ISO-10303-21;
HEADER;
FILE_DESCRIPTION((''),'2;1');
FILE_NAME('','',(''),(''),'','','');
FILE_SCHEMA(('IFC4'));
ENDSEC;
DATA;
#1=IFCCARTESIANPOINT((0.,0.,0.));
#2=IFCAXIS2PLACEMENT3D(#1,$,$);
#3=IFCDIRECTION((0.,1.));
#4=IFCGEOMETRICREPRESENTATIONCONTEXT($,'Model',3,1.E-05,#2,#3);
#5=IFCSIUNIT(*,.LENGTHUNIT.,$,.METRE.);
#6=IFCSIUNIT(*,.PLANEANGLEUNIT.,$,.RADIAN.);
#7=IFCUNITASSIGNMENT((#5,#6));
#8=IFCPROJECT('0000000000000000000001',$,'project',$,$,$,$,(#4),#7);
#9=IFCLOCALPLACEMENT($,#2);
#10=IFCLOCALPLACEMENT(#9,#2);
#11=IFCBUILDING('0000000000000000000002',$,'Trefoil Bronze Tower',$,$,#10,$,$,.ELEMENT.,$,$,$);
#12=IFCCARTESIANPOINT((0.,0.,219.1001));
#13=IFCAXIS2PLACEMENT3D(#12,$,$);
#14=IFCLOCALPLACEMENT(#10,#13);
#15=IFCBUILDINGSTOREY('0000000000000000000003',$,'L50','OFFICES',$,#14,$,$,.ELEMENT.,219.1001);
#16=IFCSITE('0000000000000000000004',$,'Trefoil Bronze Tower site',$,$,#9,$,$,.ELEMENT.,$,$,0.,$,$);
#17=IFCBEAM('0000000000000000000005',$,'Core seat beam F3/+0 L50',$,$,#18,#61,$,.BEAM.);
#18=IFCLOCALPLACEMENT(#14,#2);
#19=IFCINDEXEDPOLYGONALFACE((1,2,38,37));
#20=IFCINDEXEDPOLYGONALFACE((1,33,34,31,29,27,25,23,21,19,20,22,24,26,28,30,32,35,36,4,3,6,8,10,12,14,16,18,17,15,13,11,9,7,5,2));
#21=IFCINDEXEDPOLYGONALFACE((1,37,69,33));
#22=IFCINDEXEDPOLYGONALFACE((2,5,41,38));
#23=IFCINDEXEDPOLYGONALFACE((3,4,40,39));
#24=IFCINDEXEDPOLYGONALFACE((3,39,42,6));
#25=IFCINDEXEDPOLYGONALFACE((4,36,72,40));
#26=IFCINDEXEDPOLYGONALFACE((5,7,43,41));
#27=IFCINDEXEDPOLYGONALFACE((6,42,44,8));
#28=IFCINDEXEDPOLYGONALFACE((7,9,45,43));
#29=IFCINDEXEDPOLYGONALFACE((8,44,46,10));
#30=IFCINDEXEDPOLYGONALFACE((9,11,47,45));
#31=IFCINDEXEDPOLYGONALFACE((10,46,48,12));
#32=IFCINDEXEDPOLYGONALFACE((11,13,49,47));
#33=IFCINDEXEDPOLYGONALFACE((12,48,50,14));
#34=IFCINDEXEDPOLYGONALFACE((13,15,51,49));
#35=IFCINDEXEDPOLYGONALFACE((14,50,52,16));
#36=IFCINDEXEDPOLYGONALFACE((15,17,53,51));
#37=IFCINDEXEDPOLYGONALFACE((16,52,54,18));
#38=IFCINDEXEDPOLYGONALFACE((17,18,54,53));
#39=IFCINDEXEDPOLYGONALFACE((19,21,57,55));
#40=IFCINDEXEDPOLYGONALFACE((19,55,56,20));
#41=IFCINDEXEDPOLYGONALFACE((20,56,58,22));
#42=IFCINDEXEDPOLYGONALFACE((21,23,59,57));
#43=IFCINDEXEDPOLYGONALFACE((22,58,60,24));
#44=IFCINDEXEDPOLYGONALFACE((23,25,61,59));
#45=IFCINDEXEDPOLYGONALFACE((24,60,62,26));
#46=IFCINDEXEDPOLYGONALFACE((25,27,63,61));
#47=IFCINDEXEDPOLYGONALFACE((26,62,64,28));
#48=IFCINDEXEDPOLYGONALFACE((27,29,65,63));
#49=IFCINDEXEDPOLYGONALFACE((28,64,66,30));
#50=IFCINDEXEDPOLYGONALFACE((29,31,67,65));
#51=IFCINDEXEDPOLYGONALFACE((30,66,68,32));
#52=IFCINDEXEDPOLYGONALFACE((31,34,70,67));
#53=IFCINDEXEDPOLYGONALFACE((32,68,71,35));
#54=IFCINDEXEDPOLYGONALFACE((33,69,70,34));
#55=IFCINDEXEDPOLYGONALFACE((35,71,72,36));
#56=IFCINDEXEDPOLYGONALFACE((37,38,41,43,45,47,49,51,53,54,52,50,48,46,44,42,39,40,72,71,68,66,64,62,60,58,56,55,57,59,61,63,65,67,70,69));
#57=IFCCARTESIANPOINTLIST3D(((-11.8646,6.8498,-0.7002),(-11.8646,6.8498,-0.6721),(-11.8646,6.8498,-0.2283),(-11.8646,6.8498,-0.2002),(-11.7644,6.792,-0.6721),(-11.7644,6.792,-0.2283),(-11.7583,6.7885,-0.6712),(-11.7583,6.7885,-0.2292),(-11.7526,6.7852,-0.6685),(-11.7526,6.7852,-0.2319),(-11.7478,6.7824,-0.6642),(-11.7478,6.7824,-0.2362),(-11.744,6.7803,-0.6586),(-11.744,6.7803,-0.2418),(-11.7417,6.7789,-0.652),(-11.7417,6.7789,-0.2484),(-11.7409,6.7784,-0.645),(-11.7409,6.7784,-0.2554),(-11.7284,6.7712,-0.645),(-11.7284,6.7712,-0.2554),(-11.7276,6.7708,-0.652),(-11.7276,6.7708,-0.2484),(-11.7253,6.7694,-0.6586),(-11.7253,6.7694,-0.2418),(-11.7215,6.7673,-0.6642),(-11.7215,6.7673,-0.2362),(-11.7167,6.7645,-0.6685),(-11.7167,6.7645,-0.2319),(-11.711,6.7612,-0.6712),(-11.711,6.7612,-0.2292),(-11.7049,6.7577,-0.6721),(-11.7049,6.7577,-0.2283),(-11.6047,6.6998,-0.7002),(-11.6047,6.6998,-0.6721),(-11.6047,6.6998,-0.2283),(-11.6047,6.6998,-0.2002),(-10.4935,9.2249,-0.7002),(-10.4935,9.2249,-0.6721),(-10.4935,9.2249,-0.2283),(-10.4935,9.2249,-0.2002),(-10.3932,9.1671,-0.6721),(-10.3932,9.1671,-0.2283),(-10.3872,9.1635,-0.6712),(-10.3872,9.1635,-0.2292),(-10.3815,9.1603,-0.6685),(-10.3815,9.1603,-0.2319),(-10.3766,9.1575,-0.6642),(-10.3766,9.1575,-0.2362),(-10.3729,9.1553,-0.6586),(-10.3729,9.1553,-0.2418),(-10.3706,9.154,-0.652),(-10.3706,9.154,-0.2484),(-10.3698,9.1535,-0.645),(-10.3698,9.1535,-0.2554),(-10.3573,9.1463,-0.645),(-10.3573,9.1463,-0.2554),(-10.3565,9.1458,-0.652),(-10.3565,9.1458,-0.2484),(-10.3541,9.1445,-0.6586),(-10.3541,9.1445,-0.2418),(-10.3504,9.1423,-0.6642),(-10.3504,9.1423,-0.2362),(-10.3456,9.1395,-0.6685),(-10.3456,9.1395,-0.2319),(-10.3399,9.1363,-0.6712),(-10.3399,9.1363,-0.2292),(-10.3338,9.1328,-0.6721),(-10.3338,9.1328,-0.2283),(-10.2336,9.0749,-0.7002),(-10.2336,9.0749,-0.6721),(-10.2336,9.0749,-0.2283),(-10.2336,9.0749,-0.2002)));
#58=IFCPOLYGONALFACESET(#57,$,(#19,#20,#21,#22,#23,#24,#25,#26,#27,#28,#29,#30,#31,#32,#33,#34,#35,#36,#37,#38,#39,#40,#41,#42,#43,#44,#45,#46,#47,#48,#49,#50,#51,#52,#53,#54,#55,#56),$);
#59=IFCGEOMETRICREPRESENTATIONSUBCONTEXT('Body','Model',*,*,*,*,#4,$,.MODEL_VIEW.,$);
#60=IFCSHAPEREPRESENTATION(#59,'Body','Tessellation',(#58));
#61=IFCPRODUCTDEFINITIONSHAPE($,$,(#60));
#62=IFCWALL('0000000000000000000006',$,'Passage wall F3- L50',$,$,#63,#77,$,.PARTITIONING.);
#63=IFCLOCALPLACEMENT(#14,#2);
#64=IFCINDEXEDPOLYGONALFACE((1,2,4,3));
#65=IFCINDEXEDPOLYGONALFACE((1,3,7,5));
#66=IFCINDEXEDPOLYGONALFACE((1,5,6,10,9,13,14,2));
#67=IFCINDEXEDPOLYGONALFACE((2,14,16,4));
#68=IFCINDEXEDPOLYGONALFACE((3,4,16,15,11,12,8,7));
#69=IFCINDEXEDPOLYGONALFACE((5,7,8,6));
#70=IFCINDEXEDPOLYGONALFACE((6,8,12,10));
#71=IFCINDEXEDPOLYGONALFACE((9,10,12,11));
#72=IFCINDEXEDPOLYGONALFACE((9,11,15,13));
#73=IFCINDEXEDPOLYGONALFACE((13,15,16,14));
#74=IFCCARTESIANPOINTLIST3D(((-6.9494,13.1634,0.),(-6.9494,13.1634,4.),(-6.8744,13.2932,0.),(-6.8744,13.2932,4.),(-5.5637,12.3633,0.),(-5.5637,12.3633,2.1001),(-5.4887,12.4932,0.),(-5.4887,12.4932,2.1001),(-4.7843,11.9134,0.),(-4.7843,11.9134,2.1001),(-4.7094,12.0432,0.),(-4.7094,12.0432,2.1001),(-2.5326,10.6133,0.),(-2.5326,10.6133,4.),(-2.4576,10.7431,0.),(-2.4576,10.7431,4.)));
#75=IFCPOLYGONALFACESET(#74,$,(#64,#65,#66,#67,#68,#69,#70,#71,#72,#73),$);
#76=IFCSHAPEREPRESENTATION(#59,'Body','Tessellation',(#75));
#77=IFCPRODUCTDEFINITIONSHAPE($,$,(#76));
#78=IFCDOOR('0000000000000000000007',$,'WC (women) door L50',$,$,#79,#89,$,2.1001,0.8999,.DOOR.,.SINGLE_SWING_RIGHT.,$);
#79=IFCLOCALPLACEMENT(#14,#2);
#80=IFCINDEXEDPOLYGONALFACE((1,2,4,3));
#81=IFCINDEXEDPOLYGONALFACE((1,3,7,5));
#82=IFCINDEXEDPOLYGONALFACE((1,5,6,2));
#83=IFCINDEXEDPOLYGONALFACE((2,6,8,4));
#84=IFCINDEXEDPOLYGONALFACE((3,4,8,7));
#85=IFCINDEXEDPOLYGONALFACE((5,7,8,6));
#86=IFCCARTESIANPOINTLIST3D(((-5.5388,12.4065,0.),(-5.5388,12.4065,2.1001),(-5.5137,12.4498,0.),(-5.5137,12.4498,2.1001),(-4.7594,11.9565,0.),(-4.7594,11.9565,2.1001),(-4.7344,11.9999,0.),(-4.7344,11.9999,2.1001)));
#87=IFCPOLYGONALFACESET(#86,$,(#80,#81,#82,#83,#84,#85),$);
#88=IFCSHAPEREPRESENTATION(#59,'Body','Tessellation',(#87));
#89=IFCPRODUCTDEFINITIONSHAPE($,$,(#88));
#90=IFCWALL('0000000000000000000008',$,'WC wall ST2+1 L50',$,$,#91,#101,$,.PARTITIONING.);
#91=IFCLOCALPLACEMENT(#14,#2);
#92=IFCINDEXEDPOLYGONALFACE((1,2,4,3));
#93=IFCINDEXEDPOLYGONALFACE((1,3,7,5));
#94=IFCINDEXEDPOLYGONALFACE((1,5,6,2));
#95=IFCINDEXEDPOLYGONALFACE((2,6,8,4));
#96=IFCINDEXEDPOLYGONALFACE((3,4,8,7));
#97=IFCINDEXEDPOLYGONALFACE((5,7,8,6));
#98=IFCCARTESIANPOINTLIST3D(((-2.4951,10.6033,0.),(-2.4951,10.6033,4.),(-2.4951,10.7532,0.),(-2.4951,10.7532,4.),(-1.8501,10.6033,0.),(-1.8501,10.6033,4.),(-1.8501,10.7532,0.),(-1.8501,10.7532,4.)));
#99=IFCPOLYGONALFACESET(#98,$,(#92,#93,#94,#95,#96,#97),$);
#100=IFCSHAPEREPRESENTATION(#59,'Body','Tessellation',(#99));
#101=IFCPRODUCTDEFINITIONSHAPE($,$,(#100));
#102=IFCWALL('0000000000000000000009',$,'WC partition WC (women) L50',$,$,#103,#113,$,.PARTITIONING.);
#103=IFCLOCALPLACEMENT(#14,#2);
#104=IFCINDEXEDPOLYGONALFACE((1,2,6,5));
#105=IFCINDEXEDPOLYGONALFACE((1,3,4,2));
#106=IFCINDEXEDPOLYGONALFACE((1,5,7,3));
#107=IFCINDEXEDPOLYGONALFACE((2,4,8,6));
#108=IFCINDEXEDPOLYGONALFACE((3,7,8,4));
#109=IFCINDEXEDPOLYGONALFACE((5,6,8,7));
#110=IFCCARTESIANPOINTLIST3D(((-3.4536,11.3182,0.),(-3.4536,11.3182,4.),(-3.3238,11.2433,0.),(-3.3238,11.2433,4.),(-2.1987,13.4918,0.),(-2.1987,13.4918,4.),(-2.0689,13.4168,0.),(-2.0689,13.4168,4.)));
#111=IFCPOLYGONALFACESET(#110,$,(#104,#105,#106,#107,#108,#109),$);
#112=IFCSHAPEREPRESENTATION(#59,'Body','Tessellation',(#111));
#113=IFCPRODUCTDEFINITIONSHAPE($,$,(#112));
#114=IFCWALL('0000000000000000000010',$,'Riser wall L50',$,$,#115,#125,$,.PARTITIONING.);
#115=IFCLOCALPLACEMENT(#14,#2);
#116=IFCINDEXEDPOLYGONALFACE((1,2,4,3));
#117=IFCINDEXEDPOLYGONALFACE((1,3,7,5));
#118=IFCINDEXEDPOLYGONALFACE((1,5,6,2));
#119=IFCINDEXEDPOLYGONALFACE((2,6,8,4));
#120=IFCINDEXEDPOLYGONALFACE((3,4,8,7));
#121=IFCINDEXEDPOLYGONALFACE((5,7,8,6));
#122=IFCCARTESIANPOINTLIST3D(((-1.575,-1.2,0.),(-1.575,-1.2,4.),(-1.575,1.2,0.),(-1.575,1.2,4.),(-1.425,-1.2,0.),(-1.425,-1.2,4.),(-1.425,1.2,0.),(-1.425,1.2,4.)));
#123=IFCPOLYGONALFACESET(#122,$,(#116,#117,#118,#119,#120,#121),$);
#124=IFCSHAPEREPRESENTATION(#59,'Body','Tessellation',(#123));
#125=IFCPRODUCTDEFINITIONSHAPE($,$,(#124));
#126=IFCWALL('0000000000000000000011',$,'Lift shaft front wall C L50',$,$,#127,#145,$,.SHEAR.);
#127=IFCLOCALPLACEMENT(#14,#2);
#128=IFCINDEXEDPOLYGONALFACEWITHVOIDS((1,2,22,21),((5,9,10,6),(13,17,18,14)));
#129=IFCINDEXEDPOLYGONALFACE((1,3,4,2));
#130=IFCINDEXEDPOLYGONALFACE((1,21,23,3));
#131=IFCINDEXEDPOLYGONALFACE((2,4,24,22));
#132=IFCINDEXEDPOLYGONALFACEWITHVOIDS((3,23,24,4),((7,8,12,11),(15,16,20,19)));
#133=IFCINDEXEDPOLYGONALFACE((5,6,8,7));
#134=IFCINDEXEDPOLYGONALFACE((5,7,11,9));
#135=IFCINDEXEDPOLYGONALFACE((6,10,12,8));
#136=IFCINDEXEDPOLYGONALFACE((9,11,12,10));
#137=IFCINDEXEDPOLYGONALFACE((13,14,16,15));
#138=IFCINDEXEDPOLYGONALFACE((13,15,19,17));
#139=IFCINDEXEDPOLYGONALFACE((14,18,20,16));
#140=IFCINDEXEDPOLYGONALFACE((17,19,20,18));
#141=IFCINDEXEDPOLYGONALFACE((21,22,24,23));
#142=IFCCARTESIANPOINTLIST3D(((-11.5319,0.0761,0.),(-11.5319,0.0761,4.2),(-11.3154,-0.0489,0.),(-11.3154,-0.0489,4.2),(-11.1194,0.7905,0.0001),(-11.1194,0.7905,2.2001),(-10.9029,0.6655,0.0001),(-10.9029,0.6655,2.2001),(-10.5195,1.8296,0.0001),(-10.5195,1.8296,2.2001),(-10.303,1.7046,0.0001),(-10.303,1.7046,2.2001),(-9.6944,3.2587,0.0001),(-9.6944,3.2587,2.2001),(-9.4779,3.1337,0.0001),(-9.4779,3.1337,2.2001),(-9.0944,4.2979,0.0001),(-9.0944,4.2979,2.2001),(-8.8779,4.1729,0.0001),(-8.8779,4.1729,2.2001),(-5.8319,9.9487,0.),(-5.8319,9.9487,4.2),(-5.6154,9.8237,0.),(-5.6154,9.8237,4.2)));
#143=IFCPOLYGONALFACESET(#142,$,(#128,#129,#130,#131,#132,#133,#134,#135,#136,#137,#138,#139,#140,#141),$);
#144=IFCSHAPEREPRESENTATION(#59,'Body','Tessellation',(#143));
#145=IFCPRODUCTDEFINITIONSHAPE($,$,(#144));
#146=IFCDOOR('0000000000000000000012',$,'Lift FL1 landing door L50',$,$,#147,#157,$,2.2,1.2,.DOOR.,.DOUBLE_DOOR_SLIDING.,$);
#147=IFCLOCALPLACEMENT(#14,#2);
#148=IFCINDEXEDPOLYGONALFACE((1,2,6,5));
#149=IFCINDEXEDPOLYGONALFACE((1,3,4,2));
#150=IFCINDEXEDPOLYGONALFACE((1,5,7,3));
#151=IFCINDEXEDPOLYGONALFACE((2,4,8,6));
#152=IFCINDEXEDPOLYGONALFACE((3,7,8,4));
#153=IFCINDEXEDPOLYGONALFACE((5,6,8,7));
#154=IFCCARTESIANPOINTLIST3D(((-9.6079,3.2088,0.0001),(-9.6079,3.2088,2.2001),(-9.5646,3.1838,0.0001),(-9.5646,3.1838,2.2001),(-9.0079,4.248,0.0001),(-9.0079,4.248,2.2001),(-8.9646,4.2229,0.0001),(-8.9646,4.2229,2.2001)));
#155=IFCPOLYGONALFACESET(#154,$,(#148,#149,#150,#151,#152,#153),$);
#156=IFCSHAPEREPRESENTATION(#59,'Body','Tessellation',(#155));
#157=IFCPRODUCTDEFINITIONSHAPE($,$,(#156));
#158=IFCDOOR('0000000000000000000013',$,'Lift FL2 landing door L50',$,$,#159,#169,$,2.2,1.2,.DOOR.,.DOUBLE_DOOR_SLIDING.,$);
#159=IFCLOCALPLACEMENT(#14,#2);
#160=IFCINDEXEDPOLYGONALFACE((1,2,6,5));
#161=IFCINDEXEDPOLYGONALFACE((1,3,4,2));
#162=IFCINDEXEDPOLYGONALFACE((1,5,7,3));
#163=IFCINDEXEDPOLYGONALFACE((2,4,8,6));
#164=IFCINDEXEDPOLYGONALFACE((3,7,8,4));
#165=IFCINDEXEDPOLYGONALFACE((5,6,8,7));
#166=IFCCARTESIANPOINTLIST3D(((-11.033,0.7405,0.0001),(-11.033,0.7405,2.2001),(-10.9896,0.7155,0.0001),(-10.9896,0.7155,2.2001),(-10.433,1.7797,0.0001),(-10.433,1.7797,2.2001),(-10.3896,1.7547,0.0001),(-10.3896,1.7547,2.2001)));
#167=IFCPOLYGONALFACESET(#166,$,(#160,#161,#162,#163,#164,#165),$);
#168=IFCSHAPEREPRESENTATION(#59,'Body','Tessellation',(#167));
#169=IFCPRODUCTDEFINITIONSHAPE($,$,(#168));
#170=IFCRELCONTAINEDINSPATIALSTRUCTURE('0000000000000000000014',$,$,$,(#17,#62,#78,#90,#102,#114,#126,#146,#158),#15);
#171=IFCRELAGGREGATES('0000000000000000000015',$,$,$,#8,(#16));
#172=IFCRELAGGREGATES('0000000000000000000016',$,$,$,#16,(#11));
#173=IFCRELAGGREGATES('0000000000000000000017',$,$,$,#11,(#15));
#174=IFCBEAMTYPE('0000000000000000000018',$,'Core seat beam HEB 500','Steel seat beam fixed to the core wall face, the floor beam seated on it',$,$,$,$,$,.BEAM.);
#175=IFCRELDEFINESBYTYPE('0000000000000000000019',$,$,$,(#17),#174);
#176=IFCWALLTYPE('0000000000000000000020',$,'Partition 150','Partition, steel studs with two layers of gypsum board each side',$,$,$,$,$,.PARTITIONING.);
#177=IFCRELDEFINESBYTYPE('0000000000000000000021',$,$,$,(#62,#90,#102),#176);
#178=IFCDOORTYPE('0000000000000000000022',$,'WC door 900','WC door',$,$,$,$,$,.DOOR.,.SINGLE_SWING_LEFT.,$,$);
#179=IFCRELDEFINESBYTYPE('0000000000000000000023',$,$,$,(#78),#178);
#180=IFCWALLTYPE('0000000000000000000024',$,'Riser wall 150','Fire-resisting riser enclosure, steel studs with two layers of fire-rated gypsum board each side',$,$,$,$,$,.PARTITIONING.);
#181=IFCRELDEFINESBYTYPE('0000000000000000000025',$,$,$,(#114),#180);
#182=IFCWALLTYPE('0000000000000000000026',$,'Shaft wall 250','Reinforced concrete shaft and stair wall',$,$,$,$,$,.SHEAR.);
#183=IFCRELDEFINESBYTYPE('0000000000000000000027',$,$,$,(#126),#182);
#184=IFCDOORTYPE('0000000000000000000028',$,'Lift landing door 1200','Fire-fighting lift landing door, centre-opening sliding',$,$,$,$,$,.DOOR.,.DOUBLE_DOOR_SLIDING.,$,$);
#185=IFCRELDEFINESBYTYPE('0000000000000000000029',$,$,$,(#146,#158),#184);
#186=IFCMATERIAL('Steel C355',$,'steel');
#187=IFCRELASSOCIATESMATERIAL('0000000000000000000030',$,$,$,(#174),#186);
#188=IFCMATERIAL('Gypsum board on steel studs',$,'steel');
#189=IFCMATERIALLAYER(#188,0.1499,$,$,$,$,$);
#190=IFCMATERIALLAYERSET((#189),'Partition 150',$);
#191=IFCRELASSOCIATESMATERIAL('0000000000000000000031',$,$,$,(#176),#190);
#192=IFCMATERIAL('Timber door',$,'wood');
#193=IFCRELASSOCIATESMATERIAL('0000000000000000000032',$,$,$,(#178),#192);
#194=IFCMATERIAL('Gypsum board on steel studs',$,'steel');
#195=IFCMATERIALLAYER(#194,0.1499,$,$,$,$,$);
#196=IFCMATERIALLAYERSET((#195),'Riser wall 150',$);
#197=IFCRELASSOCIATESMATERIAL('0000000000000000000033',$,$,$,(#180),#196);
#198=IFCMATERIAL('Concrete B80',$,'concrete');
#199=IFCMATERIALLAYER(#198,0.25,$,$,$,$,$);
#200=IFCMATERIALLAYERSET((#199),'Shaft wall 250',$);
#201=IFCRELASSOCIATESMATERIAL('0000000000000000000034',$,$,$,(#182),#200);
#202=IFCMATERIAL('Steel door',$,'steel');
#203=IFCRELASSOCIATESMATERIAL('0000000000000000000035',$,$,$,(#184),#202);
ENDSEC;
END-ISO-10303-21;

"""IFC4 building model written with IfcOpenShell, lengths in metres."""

from ifc_helpers import new_model, si_unit, direction, frame, frame_2d, origin, origin_2d, place, context, subcontext, project, spatial, rectangle, i_section, extrude, material, layer, layer_set, material_profile, profile_set, type_object, element, fill, save


model = new_model("IFC4")

# Units and contexts
model_context = context("Model", 3, precision=1e-05, world=origin(), true_north=direction((0.0, 1.0)))
body_context = subcontext(model_context, "Body", "Model", "MODEL_VIEW")
ifc_project = project(units=[si_unit("LENGTHUNIT", "METRE"), si_unit("PLANEANGLEUNIT", "RADIAN")], contexts=[model_context])

# Site, building, storey
site_placement = place(None, origin())
site = spatial("IfcSite", under=ifc_project, at=site_placement, Name="Trefoil Bronze Tower site", CompositionType="ELEMENT", RefElevation=0.0)
building_placement = place(site_placement, origin())
building = spatial("IfcBuilding", under=site, at=building_placement, Name="Trefoil Bronze Tower", CompositionType="ELEMENT")
storey_placement = place(building_placement, frame((0.0, 0.0, 219.1001)))
storey = spatial("IfcBuildingStorey", under=building, at=storey_placement, Name="L50", Description="OFFICES", CompositionType="ELEMENT", Elevation=219.1001)

# Beam
ifc_material_1 = material(Name="Steel C355", Category="steel")
ifc_material_profile = material_profile(ifc_material_1, i_section(OverallWidth=0.3, OverallDepth=0.5, WebThickness=0.0144, FlangeThickness=0.0281, FilletRadius=0.0271, at=origin_2d()), Name="HEB 500")
ifc_profile_set = profile_set([ifc_material_profile], Name="Steel C355")
beam_type = type_object("IfcBeamType", Name="Core seat beam HEB 500", Description="Steel seat beam fixed to the core wall face, the floor beam seated on it", PredefinedType="BEAM", material=ifc_profile_set)
beam_placement = place(storey_placement, frame((-10.3635, 9.1499, -0.4502), z_axis=(-0.499969, -0.866043, 0.0), x_axis=(0.866043, -0.499969, 0.0)))
element("IfcBeam", 1, at=beam_placement, inside=storey, type_object=beam_type, Name="Core seat beam F3/+0 L50", PredefinedType="BEAM", context=body_context, shape_type="SweptSolid", body=[
    extrude(i_section(OverallWidth=0.3, OverallDepth=0.5, WebThickness=0.0144, FlangeThickness=0.0281, FilletRadius=0.0271, at=origin_2d()), origin(), (0.0, 0.0, 1.0), 2.7424),
])

# Wall, opening, door
ifc_material_2 = material(Name="Gypsum board on steel studs", Category="steel")
ifc_layer_1 = layer(ifc_material_2, 0.1499)
ifc_layer_set_1 = layer_set([ifc_layer_1], Name="Partition 150")
wall_type_1 = type_object("IfcWallType", Name="Partition 150", Description="Partition, steel studs with two layers of gypsum board each side", PredefinedType="PARTITIONING", material=ifc_layer_set_1)
wall_1_placement = place(storey_placement, frame((-2.4951, 10.6782, 0.0), z_axis=(0.0, 0.0, 1.0), x_axis=(-0.866022, 0.500006, 0.0)))
wall_1 = element("IfcWall", 2, at=wall_1_placement, inside=storey, type_object=wall_type_1, Name="Passage wall F3- L50", PredefinedType="PARTITIONING", context=body_context, shape_type="SweptSolid", body=[
    extrude(rectangle(XDim=5.1001, YDim=0.1499, at=frame_2d((2.55, 0.0))), origin(), (0.0, 0.0, 1.0), 4.0),
])
opening_1_placement = place(wall_1_placement, frame((2.6001, 0.0, 0.0)))
opening_1 = element("IfcOpeningElement", 3, at=opening_1_placement, cuts=wall_1, PredefinedType="OPENING", context=body_context, shape_type="SweptSolid", body=[
    extrude(rectangle(XDim=0.8999, YDim=2.1001, at=frame_2d((0.45, 1.05))), frame((0.0, 0.085, 0.0), z_axis=(0.0, -1.0, 0.0), x_axis=(1.0, 0.0, 0.0)), (0.0, 0.0, 1.0), 0.1699),
])
ifc_material_3 = material(Name="Timber door", Category="wood")
door_type_1 = type_object("IfcDoorType", Name="WC door 900", Description="WC door", OperationType="SINGLE_SWING_LEFT", PredefinedType="DOOR", material=ifc_material_3)
door_1_placement = place(opening_1_placement, frame((0.8999, 0.0, 0.0), z_axis=(0.0, 0.0, 1.0), x_axis=(-1.0, 0.0, 0.0)))
door_1 = element("IfcDoor", 4, at=door_1_placement, inside=storey, type_object=door_type_1, Name="WC (women) door L50", OperationType="SINGLE_SWING_RIGHT", OverallHeight=2.1001, OverallWidth=0.8999, PredefinedType="DOOR", context=body_context, shape_type="SweptSolid", body=[
    extrude(rectangle(XDim=0.8999, YDim=2.1001, at=frame_2d((0.45, 1.05))), frame((0.0, 0.0249, 0.0), z_axis=(0.0, -1.0, 0.0), x_axis=(1.0, 0.0, 0.0)), (0.0, 0.0, 1.0), 0.05),
])
fill(opening_1, door_1)

# Walls
wall_2_placement = place(storey_placement, frame((-2.4951, 10.6782, 0.0), z_axis=(0.0, 0.0, 1.0), x_axis=(1.0, 0.0, 0.0)))
element("IfcWall", 5, at=wall_2_placement, inside=storey, type_object=wall_type_1, Name="WC wall ST2+1 L50", PredefinedType="PARTITIONING", context=body_context, shape_type="SweptSolid", body=[
    extrude(rectangle(XDim=0.645, YDim=0.1499, at=frame_2d((0.3225, 0.0))), origin(), (0.0, 0.0, 1.0), 4.0),
])
wall_3_placement = place(storey_placement, frame((-3.3887, 11.2808, 0.0), z_axis=(0.0, 0.0, 1.0), x_axis=(0.499989, 0.866032, 0.0)))
element("IfcWall", 6, at=wall_3_placement, inside=storey, type_object=wall_type_1, Name="WC partition WC (women) L50", PredefinedType="PARTITIONING", context=body_context, shape_type="SweptSolid", body=[
    extrude(rectangle(XDim=2.5098, YDim=0.1499, at=frame_2d((1.2549, 0.0))), origin(), (0.0, 0.0, 1.0), 4.0),
])
ifc_material_4 = material(Name="Gypsum board on steel studs", Category="steel")
ifc_layer_2 = layer(ifc_material_4, 0.1499)
ifc_layer_set_2 = layer_set([ifc_layer_2], Name="Riser wall 150")
wall_type_2 = type_object("IfcWallType", Name="Riser wall 150", Description="Fire-resisting riser enclosure, steel studs with two layers of fire-rated gypsum board each side", PredefinedType="PARTITIONING", material=ifc_layer_set_2)
wall_4_placement = place(storey_placement, frame((-1.5, 1.2, 0.0), z_axis=(0.0, 0.0, 1.0), x_axis=(0.0, -1.0, 0.0)))
element("IfcWall", 7, at=wall_4_placement, inside=storey, type_object=wall_type_2, Name="Riser wall L50", PredefinedType="PARTITIONING", context=body_context, shape_type="SweptSolid", body=[
    extrude(rectangle(XDim=2.3999, YDim=0.1499, at=frame_2d((1.2, 0.0))), origin(), (0.0, 0.0, 1.0), 4.0),
])

# Wall, openings, doors
ifc_material_5 = material(Name="Concrete B80", Category="concrete")
ifc_layer_3 = layer(ifc_material_5, 0.25)
ifc_layer_set_3 = layer_set([ifc_layer_3], Name="Shaft wall 250")
wall_type_3 = type_object("IfcWallType", Name="Shaft wall 250", Description="Reinforced concrete shaft and stair wall", PredefinedType="SHEAR", material=ifc_layer_set_3)
wall_5_placement = place(storey_placement, frame((-5.7236, 9.8862, 0.0), z_axis=(0.0, 0.0, 1.0), x_axis=(-0.500002, -0.866024, 0.0)))
wall_5 = element("IfcWall", 8, at=wall_5_placement, inside=storey, type_object=wall_type_3, Name="Lift shaft front wall C L50", PredefinedType="SHEAR", context=body_context, shape_type="SweptSolid", body=[
    extrude(rectangle(XDim=11.3999, YDim=0.25, at=frame_2d((5.7, 0.0))), origin(), (0.0, 0.0, 1.0), 4.2),
])
opening_2_placement = place(wall_5_placement, frame((6.5249, 0.0, 0.0)))
opening_2 = element("IfcOpeningElement", 9, at=opening_2_placement, cuts=wall_5, PredefinedType="OPENING", context=body_context, shape_type="SweptSolid", body=[
    extrude(rectangle(XDim=1.2, YDim=2.2, at=frame_2d((0.6001, 1.1001))), frame((0.0, 0.135, 0.0), z_axis=(0.0, -1.0, 0.0), x_axis=(1.0, 0.0, 0.0)), (0.0, 0.0, 1.0), 0.27),
])
opening_3_placement = place(wall_5_placement, frame((9.375, 0.0, 0.0)))
opening_3 = element("IfcOpeningElement", 10, at=opening_3_placement, cuts=wall_5, PredefinedType="OPENING", context=body_context, shape_type="SweptSolid", body=[
    extrude(rectangle(XDim=1.2, YDim=2.2, at=frame_2d((0.6001, 1.1001))), frame((0.0, 0.135, 0.0), z_axis=(0.0, -1.0, 0.0), x_axis=(1.0, 0.0, 0.0)), (0.0, 0.0, 1.0), 0.27),
])
ifc_material_6 = material(Name="Steel door", Category="steel")
door_type_2 = type_object("IfcDoorType", Name="Lift landing door 1200", Description="Fire-fighting lift landing door, centre-opening sliding", OperationType="DOUBLE_DOOR_SLIDING", PredefinedType="DOOR", material=ifc_material_6)
door_2_placement = place(opening_2_placement, origin())
door_2 = element("IfcDoor", 11, at=door_2_placement, inside=storey, type_object=door_type_2, Name="Lift FL1 landing door L50", OperationType="DOUBLE_DOOR_SLIDING", OverallHeight=2.2, OverallWidth=1.2, PredefinedType="DOOR", context=body_context, shape_type="SweptSolid", body=[
    extrude(rectangle(XDim=1.2, YDim=2.2, at=frame_2d((0.6001, 1.1001))), frame((0.0, 0.0249, 0.0), z_axis=(0.0, -1.0, 0.0), x_axis=(1.0, 0.0, 0.0)), (0.0, 0.0, 1.0), 0.05),
])
fill(opening_2, door_2)
door_3_placement = place(opening_3_placement, origin())
door_3 = element("IfcDoor", 12, at=door_3_placement, inside=storey, type_object=door_type_2, Name="Lift FL2 landing door L50", OperationType="DOUBLE_DOOR_SLIDING", OverallHeight=2.2, OverallWidth=1.2, PredefinedType="DOOR", context=body_context, shape_type="SweptSolid", body=[
    extrude(rectangle(XDim=1.2, YDim=2.2, at=frame_2d((0.6001, 1.1001))), frame((0.0, 0.0249, 0.0), z_axis=(0.0, -1.0, 0.0), x_axis=(1.0, 0.0, 0.0)), (0.0, 0.0, 1.0), 0.05),
])
fill(opening_3, door_3)

save(model, "model.ifc")
